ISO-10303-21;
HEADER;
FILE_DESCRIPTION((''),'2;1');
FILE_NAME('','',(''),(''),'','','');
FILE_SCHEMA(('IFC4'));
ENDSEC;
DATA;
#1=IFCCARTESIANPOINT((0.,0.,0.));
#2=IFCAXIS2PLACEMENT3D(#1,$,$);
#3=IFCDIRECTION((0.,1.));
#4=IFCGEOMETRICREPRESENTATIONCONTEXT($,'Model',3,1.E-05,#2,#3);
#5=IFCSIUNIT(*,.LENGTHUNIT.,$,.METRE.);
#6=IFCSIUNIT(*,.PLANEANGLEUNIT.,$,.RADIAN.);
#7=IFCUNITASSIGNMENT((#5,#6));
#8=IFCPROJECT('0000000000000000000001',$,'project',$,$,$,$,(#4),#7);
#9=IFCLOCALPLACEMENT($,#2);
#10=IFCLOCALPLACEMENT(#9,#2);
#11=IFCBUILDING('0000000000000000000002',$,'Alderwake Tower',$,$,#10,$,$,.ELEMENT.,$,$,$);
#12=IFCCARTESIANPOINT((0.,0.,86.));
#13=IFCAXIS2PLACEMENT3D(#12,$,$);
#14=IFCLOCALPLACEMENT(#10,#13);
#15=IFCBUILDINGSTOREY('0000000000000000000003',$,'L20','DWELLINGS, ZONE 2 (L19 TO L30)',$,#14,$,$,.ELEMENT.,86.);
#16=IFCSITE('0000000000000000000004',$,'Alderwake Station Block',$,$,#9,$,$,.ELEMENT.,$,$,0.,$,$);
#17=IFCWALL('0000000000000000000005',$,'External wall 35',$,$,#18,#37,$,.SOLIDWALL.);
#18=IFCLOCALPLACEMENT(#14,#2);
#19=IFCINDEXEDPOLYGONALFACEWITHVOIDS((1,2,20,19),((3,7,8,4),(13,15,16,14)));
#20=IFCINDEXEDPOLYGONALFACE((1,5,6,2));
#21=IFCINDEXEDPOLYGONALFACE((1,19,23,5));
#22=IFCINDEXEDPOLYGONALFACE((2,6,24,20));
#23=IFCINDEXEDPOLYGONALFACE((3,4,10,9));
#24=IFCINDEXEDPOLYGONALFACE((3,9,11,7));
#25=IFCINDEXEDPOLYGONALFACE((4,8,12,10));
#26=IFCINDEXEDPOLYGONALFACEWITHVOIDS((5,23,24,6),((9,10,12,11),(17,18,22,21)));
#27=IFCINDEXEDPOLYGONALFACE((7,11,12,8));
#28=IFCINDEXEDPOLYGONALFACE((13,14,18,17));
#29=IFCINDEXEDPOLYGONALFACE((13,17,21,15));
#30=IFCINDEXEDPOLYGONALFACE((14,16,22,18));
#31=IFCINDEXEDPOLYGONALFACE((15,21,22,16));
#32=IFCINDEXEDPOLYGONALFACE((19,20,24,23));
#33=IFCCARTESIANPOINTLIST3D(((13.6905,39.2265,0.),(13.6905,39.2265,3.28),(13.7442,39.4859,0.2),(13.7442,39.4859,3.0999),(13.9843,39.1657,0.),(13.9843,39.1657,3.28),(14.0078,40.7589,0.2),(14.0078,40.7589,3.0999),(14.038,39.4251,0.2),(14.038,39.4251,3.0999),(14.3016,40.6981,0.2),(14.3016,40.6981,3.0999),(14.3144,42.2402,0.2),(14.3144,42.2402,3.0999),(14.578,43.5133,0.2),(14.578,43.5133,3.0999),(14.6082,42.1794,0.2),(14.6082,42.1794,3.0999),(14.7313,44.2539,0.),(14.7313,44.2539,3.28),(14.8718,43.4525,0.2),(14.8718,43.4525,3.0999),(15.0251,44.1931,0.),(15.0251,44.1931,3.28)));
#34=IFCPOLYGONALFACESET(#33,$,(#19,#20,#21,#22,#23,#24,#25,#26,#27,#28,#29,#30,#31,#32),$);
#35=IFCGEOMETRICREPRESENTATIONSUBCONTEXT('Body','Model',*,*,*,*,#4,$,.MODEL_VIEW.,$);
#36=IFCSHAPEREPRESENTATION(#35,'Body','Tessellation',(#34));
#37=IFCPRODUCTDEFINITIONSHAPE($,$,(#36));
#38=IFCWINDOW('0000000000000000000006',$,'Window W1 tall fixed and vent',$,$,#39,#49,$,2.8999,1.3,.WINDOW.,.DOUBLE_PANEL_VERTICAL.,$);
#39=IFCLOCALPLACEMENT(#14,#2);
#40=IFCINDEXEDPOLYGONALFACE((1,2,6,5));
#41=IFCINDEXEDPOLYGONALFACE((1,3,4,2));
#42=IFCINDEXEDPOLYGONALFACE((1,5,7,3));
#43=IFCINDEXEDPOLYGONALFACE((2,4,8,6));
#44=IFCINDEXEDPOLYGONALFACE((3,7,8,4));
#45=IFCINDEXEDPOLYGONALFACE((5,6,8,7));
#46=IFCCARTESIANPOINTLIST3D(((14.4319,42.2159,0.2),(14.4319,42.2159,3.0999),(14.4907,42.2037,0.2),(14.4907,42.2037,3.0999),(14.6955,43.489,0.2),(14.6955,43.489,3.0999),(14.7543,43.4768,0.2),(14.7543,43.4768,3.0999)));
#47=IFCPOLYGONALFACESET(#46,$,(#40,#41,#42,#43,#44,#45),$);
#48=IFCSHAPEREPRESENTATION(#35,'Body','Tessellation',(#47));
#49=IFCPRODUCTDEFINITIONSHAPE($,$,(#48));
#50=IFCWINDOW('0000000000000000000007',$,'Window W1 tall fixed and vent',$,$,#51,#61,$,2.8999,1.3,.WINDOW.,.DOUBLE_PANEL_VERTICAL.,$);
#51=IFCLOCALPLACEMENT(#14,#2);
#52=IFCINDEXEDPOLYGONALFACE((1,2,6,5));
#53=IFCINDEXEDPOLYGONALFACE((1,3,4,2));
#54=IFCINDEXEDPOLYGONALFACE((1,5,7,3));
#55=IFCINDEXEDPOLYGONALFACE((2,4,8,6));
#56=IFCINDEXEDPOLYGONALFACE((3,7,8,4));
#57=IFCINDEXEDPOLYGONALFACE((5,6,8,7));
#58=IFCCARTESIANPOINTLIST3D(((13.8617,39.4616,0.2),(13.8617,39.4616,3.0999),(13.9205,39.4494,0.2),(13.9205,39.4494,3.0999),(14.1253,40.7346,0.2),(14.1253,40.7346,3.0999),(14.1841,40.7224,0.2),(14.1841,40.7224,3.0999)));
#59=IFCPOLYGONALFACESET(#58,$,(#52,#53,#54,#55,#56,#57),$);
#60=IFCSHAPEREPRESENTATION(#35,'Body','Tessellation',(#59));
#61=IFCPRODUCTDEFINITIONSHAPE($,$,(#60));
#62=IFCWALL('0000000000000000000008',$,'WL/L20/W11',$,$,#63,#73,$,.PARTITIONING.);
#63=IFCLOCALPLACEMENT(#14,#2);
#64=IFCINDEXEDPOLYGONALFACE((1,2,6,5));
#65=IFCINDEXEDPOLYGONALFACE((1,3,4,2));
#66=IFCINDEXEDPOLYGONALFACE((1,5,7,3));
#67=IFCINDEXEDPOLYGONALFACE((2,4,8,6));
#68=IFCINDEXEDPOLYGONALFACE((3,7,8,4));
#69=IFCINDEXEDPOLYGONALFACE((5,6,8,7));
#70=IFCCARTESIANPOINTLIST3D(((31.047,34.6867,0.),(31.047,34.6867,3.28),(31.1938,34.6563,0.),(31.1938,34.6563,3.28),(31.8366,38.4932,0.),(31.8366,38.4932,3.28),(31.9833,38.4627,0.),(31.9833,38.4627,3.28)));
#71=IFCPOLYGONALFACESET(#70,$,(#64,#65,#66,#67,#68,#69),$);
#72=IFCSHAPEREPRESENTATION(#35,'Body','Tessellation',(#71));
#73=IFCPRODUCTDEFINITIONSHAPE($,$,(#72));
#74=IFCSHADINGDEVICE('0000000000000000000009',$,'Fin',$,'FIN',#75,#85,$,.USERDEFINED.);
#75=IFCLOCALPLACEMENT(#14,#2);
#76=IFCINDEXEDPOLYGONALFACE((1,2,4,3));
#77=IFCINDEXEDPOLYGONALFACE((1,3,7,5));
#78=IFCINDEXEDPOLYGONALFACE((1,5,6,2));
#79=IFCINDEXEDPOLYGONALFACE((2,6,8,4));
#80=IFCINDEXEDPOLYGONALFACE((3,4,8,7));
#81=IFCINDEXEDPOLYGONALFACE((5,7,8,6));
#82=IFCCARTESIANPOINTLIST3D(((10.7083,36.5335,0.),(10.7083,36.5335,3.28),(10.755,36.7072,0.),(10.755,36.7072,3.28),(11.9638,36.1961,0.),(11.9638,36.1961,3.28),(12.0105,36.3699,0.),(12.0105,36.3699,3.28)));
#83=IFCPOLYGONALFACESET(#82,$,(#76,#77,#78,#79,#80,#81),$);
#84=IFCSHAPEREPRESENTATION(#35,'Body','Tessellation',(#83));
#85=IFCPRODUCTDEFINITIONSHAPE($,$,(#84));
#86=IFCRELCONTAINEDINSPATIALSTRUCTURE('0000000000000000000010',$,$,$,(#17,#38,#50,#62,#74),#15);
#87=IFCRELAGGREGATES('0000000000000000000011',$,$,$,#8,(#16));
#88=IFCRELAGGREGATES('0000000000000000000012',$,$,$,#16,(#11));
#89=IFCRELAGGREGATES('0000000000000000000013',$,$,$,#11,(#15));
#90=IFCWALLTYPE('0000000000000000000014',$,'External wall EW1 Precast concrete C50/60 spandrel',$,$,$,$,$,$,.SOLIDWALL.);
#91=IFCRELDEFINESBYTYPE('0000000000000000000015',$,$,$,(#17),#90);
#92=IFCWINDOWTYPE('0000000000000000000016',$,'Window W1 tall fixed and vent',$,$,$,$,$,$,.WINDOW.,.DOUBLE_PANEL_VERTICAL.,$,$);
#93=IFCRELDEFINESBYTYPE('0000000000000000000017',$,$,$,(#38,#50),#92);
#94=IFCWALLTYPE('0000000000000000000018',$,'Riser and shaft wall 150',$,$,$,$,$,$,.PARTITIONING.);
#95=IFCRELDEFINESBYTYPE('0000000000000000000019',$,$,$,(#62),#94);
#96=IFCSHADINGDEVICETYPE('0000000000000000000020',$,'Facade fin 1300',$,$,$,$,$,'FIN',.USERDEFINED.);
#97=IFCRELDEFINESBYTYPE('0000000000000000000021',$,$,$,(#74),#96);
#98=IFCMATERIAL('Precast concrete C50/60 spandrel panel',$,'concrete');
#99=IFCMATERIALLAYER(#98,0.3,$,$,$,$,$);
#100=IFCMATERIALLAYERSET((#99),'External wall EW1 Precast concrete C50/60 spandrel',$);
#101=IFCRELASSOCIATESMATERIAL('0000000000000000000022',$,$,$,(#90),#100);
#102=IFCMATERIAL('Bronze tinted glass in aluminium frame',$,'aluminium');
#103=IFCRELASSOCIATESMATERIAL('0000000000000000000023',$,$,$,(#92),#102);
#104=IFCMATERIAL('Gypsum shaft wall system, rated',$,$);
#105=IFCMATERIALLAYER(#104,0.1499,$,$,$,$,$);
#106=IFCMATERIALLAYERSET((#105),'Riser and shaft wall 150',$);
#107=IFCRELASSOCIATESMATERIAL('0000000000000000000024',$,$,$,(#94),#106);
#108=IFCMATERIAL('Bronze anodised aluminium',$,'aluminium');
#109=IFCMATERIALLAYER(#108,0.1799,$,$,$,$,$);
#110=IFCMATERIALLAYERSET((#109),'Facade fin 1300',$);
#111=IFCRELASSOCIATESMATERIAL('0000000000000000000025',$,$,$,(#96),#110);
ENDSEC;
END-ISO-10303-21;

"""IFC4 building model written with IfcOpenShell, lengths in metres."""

from ifc_helpers import new_model, si_unit, direction, frame, frame_2d, origin, origin_2d, place, context, subcontext, project, spatial, rectangle, extrude, material, layer, layer_set, type_object, element, fill, save


model = new_model("IFC4")

# Units and contexts
model_context = context("Model", 3, precision=1e-05, world=origin(), true_north=direction((0.0, 1.0)))
body_context = subcontext(model_context, "Body", "Model", "MODEL_VIEW")
ifc_project = project(units=[si_unit("LENGTHUNIT", "METRE"), si_unit("PLANEANGLEUNIT", "RADIAN")], contexts=[model_context])

# Site, building, storey
site_placement = place(None, origin())
site = spatial("IfcSite", under=ifc_project, at=site_placement, Name="Alderwake Station Block", CompositionType="ELEMENT", RefElevation=0.0)
building_placement = place(site_placement, origin())
building = spatial("IfcBuilding", under=site, at=building_placement, Name="Alderwake Tower", CompositionType="ELEMENT")
storey_placement = place(building_placement, frame((0.0, 0.0, 86.0)))
storey = spatial("IfcBuildingStorey", under=building, at=storey_placement, Name="L20", Description="DWELLINGS, ZONE 2 (L19 TO L30)", CompositionType="ELEMENT", Elevation=86.0)

# Wall, openings, windows
ifc_material_1 = material(Name="Precast concrete C50/60 spandrel panel", Category="concrete")
ifc_layer_1 = layer(ifc_material_1, 0.3)
ifc_layer_set_1 = layer_set([ifc_layer_1], Name="External wall EW1 Precast concrete C50/60 spandrel")
wall_type_1 = type_object("IfcWallType", Name="External wall EW1 Precast concrete C50/60 spandrel", PredefinedType="SOLIDWALL", material=ifc_layer_set_1)
wall_1_placement = place(storey_placement, frame((14.8782, 44.2234, 0.0), z_axis=(0.0, 0.0, 1.0), x_axis=(-0.202724, -0.979236, 0.0)))
wall_1 = element("IfcWall", 1, at=wall_1_placement, inside=storey, type_object=wall_type_1, Name="External wall 35", PredefinedType="SOLIDWALL", context=body_context, shape_type="SweptSolid", body=[
    extrude(rectangle(XDim=5.134, YDim=0.3, at=frame_2d((2.5669, 0.0))), origin(), (0.0, 0.0, 1.0), 3.28),
])
opening_1_placement = place(wall_1_placement, frame((0.7563, 0.0, 0.2)))
opening_1 = element("IfcOpeningElement", 2, at=opening_1_placement, cuts=wall_1, PredefinedType="OPENING", context=body_context, shape_type="SweptSolid", body=[
    extrude(rectangle(XDim=1.3, YDim=2.8999, at=frame_2d((0.6499, 1.45))), frame((0.0, 0.1599, 0.0), z_axis=(0.0, -1.0, 0.0), x_axis=(1.0, 0.0, 0.0)), (0.0, 0.0, 1.0), 0.3201),
])
opening_2_placement = place(wall_1_placement, frame((3.5691, 0.0, 0.2)))
opening_2 = element("IfcOpeningElement", 3, at=opening_2_placement, cuts=wall_1, PredefinedType="OPENING", context=body_context, shape_type="SweptSolid", body=[
    extrude(rectangle(XDim=1.3, YDim=2.8999, at=frame_2d((0.6499, 1.45))), frame((0.0, 0.1599, 0.0), z_axis=(0.0, -1.0, 0.0), x_axis=(1.0, 0.0, 0.0)), (0.0, 0.0, 1.0), 0.3201),
])
ifc_material_2 = material(Name="Bronze tinted glass in aluminium frame", Category="aluminium")
window_type = type_object("IfcWindowType", Name="Window W1 tall fixed and vent", PartitioningType="DOUBLE_PANEL_VERTICAL", PredefinedType="WINDOW", material=ifc_material_2)
window_1_placement = place(opening_1_placement, origin())
window_1 = element("IfcWindow", 4, at=window_1_placement, inside=storey, type_object=window_type, Name="Window W1 tall fixed and vent", OverallHeight=2.8999, OverallWidth=1.3, PartitioningType="DOUBLE_PANEL_VERTICAL", PredefinedType="WINDOW", context=body_context, shape_type="SweptSolid", body=[
    extrude(rectangle(XDim=1.3, YDim=2.8999, at=frame_2d((0.6499, 1.45))), frame((0.0, 0.03, 0.0), z_axis=(0.0, -1.0, 0.0), x_axis=(1.0, 0.0, 0.0)), (0.0, 0.0, 1.0), 0.0601),
])
fill(opening_1, window_1)
window_2_placement = place(opening_2_placement, origin())
window_2 = element("IfcWindow", 5, at=window_2_placement, inside=storey, type_object=window_type, Name="Window W1 tall fixed and vent", OverallHeight=2.8999, OverallWidth=1.3, PartitioningType="DOUBLE_PANEL_VERTICAL", PredefinedType="WINDOW", context=body_context, shape_type="SweptSolid", body=[
    extrude(rectangle(XDim=1.3, YDim=2.8999, at=frame_2d((0.6499, 1.45))), frame((0.0, 0.03, 0.0), z_axis=(0.0, -1.0, 0.0), x_axis=(1.0, 0.0, 0.0)), (0.0, 0.0, 1.0), 0.0601),
])
fill(opening_2, window_2)

# Wall
ifc_material_3 = material(Name="Gypsum shaft wall system, rated")
ifc_layer_2 = layer(ifc_material_3, 0.1499)
ifc_layer_set_2 = layer_set([ifc_layer_2], Name="Riser and shaft wall 150")
wall_type_2 = type_object("IfcWallType", Name="Riser and shaft wall 150", PredefinedType="PARTITIONING", material=ifc_layer_set_2)
wall_2_placement = place(storey_placement, frame((31.1204, 34.6714, 0.0), z_axis=(0.0, 0.0, 1.0), x_axis=(0.203104, 0.979157, 0.0)))
element("IfcWall", 6, at=wall_2_placement, inside=storey, type_object=wall_type_2, Name="WL/L20/W11", PredefinedType="PARTITIONING", context=body_context, shape_type="SweptSolid", body=[
    extrude(rectangle(XDim=3.8875, YDim=0.1499, at=frame_2d((1.9438, 0.0))), origin(), (0.0, 0.0, 1.0), 3.28),
])

# Shading device
ifc_material_4 = material(Name="Bronze anodised aluminium", Category="aluminium")
ifc_layer_3 = layer(ifc_material_4, 0.1799)
ifc_layer_set_3 = layer_set([ifc_layer_3], Name="Facade fin 1300")
shading_device_type = type_object("IfcShadingDeviceType", Name="Facade fin 1300", ElementType="FIN", PredefinedType="USERDEFINED", material=ifc_layer_set_3)
shading_device_placement = place(storey_placement, frame((11.3594, 36.4517, 0.0), z_axis=(0.0, 0.0, 1.0), x_axis=(0.965744, -0.259495, 0.0)))
element("IfcShadingDevice", 7, at=shading_device_placement, inside=storey, type_object=shading_device_type, Name="Fin", ObjectType="FIN", PredefinedType="USERDEFINED", context=body_context, shape_type="SweptSolid", body=[
    extrude(rectangle(XDim=1.3, YDim=0.1799, at=origin_2d()), origin(), (0.0, 0.0, 1.0), 3.28),
])

save(model, "model.ifc")
